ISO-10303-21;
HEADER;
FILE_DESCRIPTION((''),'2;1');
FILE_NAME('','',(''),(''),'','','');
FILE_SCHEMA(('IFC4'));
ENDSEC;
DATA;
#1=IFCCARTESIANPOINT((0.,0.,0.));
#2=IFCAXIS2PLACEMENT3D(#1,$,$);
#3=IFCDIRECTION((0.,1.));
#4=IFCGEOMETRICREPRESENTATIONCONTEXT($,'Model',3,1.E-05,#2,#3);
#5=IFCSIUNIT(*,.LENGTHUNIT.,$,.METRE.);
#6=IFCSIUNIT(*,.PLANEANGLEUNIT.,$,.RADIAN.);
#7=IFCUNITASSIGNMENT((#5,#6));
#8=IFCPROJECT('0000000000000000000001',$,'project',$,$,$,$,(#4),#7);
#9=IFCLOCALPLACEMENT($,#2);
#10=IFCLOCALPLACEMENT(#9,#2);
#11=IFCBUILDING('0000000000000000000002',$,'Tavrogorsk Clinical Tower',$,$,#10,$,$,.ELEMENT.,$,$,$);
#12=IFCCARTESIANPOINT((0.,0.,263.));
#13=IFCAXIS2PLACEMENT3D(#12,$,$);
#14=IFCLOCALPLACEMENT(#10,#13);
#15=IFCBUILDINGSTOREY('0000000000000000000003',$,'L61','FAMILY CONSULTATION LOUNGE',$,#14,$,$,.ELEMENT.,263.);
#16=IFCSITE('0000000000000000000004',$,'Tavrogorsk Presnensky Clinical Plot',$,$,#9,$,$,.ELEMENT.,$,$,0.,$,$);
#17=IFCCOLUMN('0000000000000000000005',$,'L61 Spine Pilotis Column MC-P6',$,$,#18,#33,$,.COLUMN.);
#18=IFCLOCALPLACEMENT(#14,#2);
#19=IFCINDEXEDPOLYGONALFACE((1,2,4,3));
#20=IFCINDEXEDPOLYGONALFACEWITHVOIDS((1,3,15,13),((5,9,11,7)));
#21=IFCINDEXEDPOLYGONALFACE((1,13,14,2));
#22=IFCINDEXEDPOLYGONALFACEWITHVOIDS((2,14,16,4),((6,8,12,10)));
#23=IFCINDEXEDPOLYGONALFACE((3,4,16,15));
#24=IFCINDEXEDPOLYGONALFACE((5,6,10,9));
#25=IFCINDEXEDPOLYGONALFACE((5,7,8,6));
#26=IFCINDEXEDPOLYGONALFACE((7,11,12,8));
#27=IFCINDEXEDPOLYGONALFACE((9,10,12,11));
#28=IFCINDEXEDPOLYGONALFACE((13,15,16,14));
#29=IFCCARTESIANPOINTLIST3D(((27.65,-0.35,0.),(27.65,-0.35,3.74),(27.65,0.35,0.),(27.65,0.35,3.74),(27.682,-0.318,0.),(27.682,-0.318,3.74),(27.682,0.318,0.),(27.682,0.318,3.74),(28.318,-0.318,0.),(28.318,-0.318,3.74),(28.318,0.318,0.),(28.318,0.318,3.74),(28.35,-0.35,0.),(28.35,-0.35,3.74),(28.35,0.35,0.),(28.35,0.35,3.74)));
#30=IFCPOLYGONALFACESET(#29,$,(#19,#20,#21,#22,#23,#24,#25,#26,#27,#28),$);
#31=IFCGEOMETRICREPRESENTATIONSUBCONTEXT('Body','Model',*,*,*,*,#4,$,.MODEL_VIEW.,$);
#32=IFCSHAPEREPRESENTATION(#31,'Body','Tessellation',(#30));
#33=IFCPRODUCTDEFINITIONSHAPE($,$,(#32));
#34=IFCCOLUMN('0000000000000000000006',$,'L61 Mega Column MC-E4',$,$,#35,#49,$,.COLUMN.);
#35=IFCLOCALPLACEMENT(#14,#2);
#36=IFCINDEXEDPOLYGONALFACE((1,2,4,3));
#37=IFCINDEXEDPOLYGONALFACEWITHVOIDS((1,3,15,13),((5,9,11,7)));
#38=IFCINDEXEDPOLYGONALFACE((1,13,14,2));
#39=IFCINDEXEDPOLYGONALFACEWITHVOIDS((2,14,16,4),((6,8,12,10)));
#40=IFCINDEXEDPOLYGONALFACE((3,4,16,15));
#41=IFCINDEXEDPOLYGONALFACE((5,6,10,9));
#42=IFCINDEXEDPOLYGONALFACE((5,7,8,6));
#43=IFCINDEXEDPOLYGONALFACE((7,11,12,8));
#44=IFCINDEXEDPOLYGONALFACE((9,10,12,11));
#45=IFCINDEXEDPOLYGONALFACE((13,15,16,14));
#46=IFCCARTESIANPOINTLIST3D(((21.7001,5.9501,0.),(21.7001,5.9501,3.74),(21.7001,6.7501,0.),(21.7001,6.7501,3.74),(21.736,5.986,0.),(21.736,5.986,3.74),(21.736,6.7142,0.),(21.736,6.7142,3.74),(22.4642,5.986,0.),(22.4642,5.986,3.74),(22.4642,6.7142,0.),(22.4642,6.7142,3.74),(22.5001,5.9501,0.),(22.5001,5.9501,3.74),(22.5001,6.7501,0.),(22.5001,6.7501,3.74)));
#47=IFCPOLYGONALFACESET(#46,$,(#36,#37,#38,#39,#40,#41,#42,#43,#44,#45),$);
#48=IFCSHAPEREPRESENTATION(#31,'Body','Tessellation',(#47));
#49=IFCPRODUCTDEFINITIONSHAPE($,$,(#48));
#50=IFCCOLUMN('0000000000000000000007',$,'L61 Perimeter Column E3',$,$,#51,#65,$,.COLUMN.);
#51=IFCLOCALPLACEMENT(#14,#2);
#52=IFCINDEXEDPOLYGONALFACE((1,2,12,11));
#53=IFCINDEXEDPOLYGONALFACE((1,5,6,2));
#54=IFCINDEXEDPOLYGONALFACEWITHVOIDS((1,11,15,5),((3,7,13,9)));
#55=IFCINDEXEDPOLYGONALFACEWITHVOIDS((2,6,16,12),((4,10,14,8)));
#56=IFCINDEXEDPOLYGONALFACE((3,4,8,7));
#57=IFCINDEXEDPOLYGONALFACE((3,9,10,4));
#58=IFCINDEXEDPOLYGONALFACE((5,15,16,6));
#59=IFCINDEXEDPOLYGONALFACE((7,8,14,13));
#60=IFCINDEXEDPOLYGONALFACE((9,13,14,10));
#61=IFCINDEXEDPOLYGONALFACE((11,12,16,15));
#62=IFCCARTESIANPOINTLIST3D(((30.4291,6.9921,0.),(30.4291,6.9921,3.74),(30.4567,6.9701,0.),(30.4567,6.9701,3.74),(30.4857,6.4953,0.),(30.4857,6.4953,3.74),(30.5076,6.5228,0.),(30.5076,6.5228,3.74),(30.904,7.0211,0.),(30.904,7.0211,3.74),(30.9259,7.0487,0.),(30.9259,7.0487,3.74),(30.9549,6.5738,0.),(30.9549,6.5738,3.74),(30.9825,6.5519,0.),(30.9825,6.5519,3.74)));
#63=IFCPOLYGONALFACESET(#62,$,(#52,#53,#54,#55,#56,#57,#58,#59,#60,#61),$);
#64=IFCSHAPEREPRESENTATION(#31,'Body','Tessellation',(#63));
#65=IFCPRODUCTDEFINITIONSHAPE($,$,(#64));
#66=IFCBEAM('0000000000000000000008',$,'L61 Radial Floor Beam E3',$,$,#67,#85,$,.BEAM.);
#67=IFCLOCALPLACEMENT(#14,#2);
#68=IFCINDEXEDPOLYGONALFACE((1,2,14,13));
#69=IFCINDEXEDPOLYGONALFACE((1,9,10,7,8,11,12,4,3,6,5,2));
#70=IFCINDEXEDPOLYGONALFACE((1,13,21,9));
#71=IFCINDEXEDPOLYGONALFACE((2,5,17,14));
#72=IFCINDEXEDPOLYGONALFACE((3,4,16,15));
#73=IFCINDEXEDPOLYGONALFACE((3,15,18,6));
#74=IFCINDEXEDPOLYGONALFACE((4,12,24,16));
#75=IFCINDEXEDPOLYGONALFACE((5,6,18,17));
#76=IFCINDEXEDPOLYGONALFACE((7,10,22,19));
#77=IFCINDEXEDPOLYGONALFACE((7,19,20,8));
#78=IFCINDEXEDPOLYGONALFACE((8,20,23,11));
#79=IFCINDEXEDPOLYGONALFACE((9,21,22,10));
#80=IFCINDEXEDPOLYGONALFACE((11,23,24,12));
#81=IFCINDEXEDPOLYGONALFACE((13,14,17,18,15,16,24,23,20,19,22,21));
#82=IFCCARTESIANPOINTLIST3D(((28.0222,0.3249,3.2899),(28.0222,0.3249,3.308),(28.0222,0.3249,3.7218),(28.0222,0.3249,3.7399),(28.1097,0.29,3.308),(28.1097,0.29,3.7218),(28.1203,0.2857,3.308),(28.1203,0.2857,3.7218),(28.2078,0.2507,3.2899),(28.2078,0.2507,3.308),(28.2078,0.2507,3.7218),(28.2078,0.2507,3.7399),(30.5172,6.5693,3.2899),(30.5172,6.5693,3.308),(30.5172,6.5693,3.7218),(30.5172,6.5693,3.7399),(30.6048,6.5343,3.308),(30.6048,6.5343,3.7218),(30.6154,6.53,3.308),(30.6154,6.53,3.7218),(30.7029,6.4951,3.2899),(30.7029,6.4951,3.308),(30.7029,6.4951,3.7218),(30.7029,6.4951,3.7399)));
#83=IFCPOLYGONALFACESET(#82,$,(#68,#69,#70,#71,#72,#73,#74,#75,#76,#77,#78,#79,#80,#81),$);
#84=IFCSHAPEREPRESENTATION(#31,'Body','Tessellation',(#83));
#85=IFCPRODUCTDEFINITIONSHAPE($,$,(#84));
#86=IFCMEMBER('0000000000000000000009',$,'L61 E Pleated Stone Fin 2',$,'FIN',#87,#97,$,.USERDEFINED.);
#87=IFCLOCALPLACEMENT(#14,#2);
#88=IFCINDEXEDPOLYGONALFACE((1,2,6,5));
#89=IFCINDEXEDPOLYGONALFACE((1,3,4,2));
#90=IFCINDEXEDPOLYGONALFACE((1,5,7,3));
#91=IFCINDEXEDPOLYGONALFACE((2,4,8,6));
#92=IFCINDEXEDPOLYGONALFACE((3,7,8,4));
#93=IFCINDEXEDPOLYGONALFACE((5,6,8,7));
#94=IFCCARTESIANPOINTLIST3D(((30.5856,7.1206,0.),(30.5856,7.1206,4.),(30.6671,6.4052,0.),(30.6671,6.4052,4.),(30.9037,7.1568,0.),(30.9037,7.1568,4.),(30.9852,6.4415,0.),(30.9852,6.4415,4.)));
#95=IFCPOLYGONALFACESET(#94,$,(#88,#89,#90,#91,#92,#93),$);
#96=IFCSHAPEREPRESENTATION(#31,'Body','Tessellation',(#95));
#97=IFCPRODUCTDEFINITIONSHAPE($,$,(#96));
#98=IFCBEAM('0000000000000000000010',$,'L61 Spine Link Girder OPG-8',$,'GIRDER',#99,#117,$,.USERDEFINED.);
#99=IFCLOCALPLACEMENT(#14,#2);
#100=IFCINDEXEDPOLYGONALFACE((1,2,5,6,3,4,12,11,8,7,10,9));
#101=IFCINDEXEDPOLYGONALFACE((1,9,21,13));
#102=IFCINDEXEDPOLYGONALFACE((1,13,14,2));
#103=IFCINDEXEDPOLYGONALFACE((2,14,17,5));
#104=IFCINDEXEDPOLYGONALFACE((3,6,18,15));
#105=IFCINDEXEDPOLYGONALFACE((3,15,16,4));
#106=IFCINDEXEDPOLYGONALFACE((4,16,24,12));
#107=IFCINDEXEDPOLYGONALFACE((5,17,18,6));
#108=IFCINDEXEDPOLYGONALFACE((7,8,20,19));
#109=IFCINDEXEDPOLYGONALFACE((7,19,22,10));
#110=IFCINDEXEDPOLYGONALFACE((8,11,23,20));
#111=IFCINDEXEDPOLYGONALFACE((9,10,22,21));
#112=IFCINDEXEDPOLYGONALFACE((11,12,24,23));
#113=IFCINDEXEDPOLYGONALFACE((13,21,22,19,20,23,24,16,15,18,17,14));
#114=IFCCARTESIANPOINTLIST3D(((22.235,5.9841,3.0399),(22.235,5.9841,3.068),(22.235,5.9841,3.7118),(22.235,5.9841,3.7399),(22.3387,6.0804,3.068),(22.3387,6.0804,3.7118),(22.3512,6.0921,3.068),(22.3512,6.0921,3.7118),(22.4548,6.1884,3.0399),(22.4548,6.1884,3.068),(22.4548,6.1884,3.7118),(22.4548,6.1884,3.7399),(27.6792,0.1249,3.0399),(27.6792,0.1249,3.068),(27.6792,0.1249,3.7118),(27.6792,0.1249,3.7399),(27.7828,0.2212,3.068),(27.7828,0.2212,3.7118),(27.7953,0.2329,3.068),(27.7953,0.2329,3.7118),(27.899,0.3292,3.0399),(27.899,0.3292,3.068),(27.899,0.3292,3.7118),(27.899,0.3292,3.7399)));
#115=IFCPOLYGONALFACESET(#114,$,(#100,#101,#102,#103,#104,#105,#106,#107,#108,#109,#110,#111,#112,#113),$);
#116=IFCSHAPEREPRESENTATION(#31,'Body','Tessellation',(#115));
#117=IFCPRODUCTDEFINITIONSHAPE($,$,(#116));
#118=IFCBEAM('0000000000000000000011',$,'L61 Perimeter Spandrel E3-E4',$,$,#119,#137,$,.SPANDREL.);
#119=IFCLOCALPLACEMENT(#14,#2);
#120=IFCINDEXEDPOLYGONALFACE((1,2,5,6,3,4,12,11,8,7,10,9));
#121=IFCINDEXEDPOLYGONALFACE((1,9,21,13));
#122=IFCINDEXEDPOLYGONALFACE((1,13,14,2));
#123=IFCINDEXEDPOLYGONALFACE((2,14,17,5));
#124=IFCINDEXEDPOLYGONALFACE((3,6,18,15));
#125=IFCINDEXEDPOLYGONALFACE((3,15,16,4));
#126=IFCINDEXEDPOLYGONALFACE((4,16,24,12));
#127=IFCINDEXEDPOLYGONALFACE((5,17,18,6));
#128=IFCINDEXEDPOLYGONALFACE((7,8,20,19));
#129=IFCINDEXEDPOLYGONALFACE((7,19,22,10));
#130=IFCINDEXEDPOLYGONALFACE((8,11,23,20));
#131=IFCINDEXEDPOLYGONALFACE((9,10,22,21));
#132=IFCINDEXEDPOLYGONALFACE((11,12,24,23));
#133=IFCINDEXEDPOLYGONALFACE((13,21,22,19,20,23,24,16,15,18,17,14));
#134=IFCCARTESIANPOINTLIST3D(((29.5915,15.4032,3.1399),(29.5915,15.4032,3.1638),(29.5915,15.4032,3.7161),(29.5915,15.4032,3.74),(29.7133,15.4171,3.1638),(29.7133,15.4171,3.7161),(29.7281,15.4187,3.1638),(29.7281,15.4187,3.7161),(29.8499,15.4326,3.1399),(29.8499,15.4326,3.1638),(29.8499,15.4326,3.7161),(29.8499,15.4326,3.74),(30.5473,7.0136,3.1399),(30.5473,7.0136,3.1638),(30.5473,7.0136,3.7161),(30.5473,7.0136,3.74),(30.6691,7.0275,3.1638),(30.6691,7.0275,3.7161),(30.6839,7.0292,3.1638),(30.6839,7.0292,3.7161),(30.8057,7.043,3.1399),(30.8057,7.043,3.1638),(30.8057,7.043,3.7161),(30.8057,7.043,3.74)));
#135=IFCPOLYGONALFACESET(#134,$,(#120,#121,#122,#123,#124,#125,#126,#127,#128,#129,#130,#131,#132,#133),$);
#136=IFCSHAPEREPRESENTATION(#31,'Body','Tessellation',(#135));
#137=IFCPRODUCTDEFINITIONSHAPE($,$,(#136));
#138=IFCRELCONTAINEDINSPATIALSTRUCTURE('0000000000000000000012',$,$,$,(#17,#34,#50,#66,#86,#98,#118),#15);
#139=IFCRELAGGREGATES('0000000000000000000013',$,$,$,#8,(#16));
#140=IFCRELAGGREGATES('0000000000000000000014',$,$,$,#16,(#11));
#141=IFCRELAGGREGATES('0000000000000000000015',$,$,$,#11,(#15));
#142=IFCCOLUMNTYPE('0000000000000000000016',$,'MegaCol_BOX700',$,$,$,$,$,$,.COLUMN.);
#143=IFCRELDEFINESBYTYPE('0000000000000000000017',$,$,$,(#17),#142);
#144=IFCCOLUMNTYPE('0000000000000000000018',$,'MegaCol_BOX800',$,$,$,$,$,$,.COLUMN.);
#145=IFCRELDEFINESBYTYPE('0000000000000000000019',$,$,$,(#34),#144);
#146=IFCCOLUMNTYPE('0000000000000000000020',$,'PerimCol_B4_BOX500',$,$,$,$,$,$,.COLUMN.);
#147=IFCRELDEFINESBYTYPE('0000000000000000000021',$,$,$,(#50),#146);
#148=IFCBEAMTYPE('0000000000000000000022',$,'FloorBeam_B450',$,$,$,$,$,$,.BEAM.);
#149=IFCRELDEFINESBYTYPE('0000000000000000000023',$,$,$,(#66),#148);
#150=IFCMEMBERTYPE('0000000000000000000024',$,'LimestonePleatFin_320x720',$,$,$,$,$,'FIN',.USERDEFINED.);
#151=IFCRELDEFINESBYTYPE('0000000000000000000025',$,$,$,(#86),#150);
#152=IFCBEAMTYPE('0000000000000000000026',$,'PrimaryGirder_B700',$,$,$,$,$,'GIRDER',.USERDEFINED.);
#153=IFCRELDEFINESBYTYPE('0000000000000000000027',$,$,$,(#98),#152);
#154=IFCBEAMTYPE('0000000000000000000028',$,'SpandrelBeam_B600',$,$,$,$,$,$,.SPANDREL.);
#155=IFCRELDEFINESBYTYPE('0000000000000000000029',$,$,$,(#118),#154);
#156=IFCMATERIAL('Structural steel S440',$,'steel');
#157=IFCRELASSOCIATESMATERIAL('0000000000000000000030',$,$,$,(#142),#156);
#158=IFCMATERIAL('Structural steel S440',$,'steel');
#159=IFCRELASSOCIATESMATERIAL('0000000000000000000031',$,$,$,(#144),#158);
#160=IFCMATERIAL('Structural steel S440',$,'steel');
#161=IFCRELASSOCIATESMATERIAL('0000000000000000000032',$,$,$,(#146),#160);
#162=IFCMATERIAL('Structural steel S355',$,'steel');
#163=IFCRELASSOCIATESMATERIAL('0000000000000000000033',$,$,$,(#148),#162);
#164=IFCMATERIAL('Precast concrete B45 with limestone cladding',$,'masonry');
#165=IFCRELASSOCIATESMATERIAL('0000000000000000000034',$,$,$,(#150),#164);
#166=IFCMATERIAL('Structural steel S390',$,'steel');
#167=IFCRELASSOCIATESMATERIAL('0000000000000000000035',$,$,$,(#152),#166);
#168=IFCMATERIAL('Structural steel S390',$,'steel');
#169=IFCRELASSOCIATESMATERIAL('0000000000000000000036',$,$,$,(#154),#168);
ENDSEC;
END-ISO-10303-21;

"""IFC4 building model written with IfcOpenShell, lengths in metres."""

from ifc_helpers import new_model, si_unit, direction, frame, origin, origin_2d, place, context, subcontext, project, spatial, rectangle, hollow_rectangle, i_section, extrude, material, material_profile, profile_set, type_object, element, save


model = new_model("IFC4")

# Units and contexts
model_context = context("Model", 3, precision=1e-05, world=origin(), true_north=direction((0.0, 1.0)))
body_context = subcontext(model_context, "Body", "Model", "MODEL_VIEW")
ifc_project = project(units=[si_unit("LENGTHUNIT", "METRE"), si_unit("PLANEANGLEUNIT", "RADIAN")], contexts=[model_context])

# Site, building, storey
site_placement = place(None, origin())
site = spatial("IfcSite", under=ifc_project, at=site_placement, Name="Tavrogorsk Presnensky Clinical Plot", CompositionType="ELEMENT", RefElevation=0.0)
building_placement = place(site_placement, origin())
building = spatial("IfcBuilding", under=site, at=building_placement, Name="Tavrogorsk Clinical Tower", CompositionType="ELEMENT")
storey_placement = place(building_placement, frame((0.0, 0.0, 263.0)))
storey = spatial("IfcBuildingStorey", under=building, at=storey_placement, Name="L61", Description="FAMILY CONSULTATION LOUNGE", CompositionType="ELEMENT", Elevation=263.0)

# Columns
ifc_material_1 = material(Name="Structural steel S440", Category="steel")
ifc_material_profile_1 = material_profile(ifc_material_1, hollow_rectangle(XDim=0.7, YDim=0.7, WallThickness=0.032, at=origin_2d()), Name="BOX-700x700x32")
ifc_profile_set_1 = profile_set([ifc_material_profile_1], Name="Structural steel S440")
column_type_1 = type_object("IfcColumnType", Name="MegaCol_BOX700", PredefinedType="COLUMN", material=ifc_profile_set_1)
column_1_placement = place(storey_placement, frame((28.0, 0.0, 0.0), z_axis=(0.0, 0.0, 1.0), x_axis=(1.0, 0.0, 0.0)))
element("IfcColumn", 1, at=column_1_placement, inside=storey, type_object=column_type_1, Name="L61 Spine Pilotis Column MC-P6", PredefinedType="COLUMN", context=body_context, shape_type="SweptSolid", body=[
    extrude(hollow_rectangle(XDim=0.7, YDim=0.7, WallThickness=0.032, at=origin_2d()), origin(), (0.0, 0.0, 1.0), 3.74),
])
ifc_material_2 = material(Name="Structural steel S440", Category="steel")
ifc_material_profile_2 = material_profile(ifc_material_2, hollow_rectangle(XDim=0.8, YDim=0.8, WallThickness=0.0359, at=origin_2d()), Name="BOX-800x800x36")
ifc_profile_set_2 = profile_set([ifc_material_profile_2], Name="Structural steel S440")
column_type_2 = type_object("IfcColumnType", Name="MegaCol_BOX800", PredefinedType="COLUMN", material=ifc_profile_set_2)
column_2_placement = place(storey_placement, frame((22.1001, 6.3501, 0.0), z_axis=(0.0, 0.0, 1.0), x_axis=(1.0, 0.0, 0.0)))
element("IfcColumn", 2, at=column_2_placement, inside=storey, type_object=column_type_2, Name="L61 Mega Column MC-E4", PredefinedType="COLUMN", context=body_context, shape_type="SweptSolid", body=[
    extrude(hollow_rectangle(XDim=0.8, YDim=0.8, WallThickness=0.0359, at=origin_2d()), origin(), (0.0, 0.0, 1.0), 3.74),
])
ifc_material_3 = material(Name="Structural steel S440", Category="steel")
ifc_material_profile_3 = material_profile(ifc_material_3, hollow_rectangle(XDim=0.5, YDim=0.5, WallThickness=0.0249, at=origin_2d()), Name="BOX-500x500x25")
ifc_profile_set_3 = profile_set([ifc_material_profile_3], Name="Structural steel S440")
column_type_3 = type_object("IfcColumnType", Name="PerimCol_B4_BOX500", PredefinedType="COLUMN", material=ifc_profile_set_3)
column_3_placement = place(storey_placement, frame((30.7058, 6.772, 0.0), z_axis=(0.0, 0.0, 1.0), x_axis=(0.993572, 0.113203, 0.0)))
element("IfcColumn", 3, at=column_3_placement, inside=storey, type_object=column_type_3, Name="L61 Perimeter Column E3", PredefinedType="COLUMN", context=body_context, shape_type="SweptSolid", body=[
    extrude(hollow_rectangle(XDim=0.5, YDim=0.5, WallThickness=0.0249, at=origin_2d()), origin(), (0.0, 0.0, 1.0), 3.74),
])

# Beam
ifc_material_4 = material(Name="Structural steel S355", Category="steel")
ifc_material_profile_4 = material_profile(ifc_material_4, i_section(OverallWidth=0.2, OverallDepth=0.45, WebThickness=0.0115, FlangeThickness=0.0181, at=origin_2d()), Name="B-450x200x11.5x18")
ifc_profile_set_4 = profile_set([ifc_material_profile_4], Name="Structural steel S355")
beam_type_1 = type_object("IfcBeamType", Name="FloorBeam_B450", PredefinedType="BEAM", material=ifc_profile_set_4)
beam_1_placement = place(storey_placement, frame((28.115, 0.2878, 3.5149), z_axis=(0.371053, 0.928612, 0.0), x_axis=(-0.928612, 0.371053, 0.0)))
element("IfcBeam", 4, at=beam_1_placement, inside=storey, type_object=beam_type_1, Name="L61 Radial Floor Beam E3", PredefinedType="BEAM", context=body_context, shape_type="SweptSolid", body=[
    extrude(i_section(OverallWidth=0.2, OverallDepth=0.45, WebThickness=0.0115, FlangeThickness=0.0181, at=origin_2d()), origin(), (0.0, 0.0, 1.0), 6.7244),
])

# Member
ifc_material_5 = material(Name="Precast concrete B45 with limestone cladding", Category="masonry")
ifc_material_profile_5 = material_profile(ifc_material_5, rectangle(XDim=0.3201, YDim=0.72, at=origin_2d()), Name="LIMESTONE-FIN-320x720")
ifc_profile_set_5 = profile_set([ifc_material_profile_5], Name="Precast concrete B45 with limestone cladding")
member_type = type_object("IfcMemberType", Name="LimestonePleatFin_320x720", ElementType="FIN", PredefinedType="USERDEFINED", material=ifc_profile_set_5)
member_placement = place(storey_placement, frame((30.7854, 6.781, 0.0), z_axis=(0.0, 0.0, 1.0), x_axis=(0.993572, 0.113203, 0.0)))
element("IfcMember", 5, at=member_placement, inside=storey, type_object=member_type, Name="L61 E Pleated Stone Fin 2", ObjectType="FIN", PredefinedType="USERDEFINED", context=body_context, shape_type="SweptSolid", body=[
    extrude(rectangle(XDim=0.3201, YDim=0.72, at=origin_2d()), origin(), (0.0, 0.0, 1.0), 4.0),
])

# Beams
ifc_material_6 = material(Name="Structural steel S390", Category="steel")
ifc_material_profile_6 = material_profile(ifc_material_6, i_section(OverallWidth=0.3, OverallDepth=0.7, WebThickness=0.0171, FlangeThickness=0.0281, at=origin_2d()), Name="B-700x300x17x28")
ifc_profile_set_6 = profile_set([ifc_material_profile_6], Name="Structural steel S390")
beam_type_2 = type_object("IfcBeamType", Name="PrimaryGirder_B700", ElementType="GIRDER", PredefinedType="USERDEFINED", material=ifc_profile_set_6)
beam_2_placement = place(storey_placement, frame((27.7891, 0.2271, 3.3899), z_axis=(-0.680684, 0.732577, 0.0), x_axis=(-0.732577, -0.680684, 0.0)))
element("IfcBeam", 6, at=beam_2_placement, inside=storey, type_object=beam_type_2, Name="L61 Spine Link Girder OPG-8", ObjectType="GIRDER", PredefinedType="USERDEFINED", context=body_context, shape_type="SweptSolid", body=[
    extrude(i_section(OverallWidth=0.3, OverallDepth=0.7, WebThickness=0.0171, FlangeThickness=0.0281, at=origin_2d()), origin(), (0.0, 0.0, 1.0), 7.998),
])
ifc_material_7 = material(Name="Structural steel S390", Category="steel")
ifc_material_profile_7 = material_profile(ifc_material_7, i_section(OverallWidth=0.26, OverallDepth=0.6001, WebThickness=0.0149, FlangeThickness=0.0239, at=origin_2d()), Name="B-600x260x15x24")
ifc_profile_set_7 = profile_set([ifc_material_profile_7], Name="Structural steel S390")
beam_type_3 = type_object("IfcBeamType", Name="SpandrelBeam_B600", PredefinedType="SPANDREL", material=ifc_profile_set_7)
beam_3_placement = place(storey_placement, frame((30.6765, 7.0283, 3.4399), z_axis=(-0.113195, 0.993573, 0.0), x_axis=(-0.993573, -0.113195, 0.0)))
element("IfcBeam", 7, at=beam_3_placement, inside=storey, type_object=beam_type_3, Name="L61 Perimeter Spandrel E3-E4", PredefinedType="SPANDREL", context=body_context, shape_type="SweptSolid", body=[
    extrude(i_section(OverallWidth=0.26, OverallDepth=0.6001, WebThickness=0.0149, FlangeThickness=0.0239, at=origin_2d()), origin(), (0.0, 0.0, 1.0), 8.4438),
])

save(model, "model.ifc")
